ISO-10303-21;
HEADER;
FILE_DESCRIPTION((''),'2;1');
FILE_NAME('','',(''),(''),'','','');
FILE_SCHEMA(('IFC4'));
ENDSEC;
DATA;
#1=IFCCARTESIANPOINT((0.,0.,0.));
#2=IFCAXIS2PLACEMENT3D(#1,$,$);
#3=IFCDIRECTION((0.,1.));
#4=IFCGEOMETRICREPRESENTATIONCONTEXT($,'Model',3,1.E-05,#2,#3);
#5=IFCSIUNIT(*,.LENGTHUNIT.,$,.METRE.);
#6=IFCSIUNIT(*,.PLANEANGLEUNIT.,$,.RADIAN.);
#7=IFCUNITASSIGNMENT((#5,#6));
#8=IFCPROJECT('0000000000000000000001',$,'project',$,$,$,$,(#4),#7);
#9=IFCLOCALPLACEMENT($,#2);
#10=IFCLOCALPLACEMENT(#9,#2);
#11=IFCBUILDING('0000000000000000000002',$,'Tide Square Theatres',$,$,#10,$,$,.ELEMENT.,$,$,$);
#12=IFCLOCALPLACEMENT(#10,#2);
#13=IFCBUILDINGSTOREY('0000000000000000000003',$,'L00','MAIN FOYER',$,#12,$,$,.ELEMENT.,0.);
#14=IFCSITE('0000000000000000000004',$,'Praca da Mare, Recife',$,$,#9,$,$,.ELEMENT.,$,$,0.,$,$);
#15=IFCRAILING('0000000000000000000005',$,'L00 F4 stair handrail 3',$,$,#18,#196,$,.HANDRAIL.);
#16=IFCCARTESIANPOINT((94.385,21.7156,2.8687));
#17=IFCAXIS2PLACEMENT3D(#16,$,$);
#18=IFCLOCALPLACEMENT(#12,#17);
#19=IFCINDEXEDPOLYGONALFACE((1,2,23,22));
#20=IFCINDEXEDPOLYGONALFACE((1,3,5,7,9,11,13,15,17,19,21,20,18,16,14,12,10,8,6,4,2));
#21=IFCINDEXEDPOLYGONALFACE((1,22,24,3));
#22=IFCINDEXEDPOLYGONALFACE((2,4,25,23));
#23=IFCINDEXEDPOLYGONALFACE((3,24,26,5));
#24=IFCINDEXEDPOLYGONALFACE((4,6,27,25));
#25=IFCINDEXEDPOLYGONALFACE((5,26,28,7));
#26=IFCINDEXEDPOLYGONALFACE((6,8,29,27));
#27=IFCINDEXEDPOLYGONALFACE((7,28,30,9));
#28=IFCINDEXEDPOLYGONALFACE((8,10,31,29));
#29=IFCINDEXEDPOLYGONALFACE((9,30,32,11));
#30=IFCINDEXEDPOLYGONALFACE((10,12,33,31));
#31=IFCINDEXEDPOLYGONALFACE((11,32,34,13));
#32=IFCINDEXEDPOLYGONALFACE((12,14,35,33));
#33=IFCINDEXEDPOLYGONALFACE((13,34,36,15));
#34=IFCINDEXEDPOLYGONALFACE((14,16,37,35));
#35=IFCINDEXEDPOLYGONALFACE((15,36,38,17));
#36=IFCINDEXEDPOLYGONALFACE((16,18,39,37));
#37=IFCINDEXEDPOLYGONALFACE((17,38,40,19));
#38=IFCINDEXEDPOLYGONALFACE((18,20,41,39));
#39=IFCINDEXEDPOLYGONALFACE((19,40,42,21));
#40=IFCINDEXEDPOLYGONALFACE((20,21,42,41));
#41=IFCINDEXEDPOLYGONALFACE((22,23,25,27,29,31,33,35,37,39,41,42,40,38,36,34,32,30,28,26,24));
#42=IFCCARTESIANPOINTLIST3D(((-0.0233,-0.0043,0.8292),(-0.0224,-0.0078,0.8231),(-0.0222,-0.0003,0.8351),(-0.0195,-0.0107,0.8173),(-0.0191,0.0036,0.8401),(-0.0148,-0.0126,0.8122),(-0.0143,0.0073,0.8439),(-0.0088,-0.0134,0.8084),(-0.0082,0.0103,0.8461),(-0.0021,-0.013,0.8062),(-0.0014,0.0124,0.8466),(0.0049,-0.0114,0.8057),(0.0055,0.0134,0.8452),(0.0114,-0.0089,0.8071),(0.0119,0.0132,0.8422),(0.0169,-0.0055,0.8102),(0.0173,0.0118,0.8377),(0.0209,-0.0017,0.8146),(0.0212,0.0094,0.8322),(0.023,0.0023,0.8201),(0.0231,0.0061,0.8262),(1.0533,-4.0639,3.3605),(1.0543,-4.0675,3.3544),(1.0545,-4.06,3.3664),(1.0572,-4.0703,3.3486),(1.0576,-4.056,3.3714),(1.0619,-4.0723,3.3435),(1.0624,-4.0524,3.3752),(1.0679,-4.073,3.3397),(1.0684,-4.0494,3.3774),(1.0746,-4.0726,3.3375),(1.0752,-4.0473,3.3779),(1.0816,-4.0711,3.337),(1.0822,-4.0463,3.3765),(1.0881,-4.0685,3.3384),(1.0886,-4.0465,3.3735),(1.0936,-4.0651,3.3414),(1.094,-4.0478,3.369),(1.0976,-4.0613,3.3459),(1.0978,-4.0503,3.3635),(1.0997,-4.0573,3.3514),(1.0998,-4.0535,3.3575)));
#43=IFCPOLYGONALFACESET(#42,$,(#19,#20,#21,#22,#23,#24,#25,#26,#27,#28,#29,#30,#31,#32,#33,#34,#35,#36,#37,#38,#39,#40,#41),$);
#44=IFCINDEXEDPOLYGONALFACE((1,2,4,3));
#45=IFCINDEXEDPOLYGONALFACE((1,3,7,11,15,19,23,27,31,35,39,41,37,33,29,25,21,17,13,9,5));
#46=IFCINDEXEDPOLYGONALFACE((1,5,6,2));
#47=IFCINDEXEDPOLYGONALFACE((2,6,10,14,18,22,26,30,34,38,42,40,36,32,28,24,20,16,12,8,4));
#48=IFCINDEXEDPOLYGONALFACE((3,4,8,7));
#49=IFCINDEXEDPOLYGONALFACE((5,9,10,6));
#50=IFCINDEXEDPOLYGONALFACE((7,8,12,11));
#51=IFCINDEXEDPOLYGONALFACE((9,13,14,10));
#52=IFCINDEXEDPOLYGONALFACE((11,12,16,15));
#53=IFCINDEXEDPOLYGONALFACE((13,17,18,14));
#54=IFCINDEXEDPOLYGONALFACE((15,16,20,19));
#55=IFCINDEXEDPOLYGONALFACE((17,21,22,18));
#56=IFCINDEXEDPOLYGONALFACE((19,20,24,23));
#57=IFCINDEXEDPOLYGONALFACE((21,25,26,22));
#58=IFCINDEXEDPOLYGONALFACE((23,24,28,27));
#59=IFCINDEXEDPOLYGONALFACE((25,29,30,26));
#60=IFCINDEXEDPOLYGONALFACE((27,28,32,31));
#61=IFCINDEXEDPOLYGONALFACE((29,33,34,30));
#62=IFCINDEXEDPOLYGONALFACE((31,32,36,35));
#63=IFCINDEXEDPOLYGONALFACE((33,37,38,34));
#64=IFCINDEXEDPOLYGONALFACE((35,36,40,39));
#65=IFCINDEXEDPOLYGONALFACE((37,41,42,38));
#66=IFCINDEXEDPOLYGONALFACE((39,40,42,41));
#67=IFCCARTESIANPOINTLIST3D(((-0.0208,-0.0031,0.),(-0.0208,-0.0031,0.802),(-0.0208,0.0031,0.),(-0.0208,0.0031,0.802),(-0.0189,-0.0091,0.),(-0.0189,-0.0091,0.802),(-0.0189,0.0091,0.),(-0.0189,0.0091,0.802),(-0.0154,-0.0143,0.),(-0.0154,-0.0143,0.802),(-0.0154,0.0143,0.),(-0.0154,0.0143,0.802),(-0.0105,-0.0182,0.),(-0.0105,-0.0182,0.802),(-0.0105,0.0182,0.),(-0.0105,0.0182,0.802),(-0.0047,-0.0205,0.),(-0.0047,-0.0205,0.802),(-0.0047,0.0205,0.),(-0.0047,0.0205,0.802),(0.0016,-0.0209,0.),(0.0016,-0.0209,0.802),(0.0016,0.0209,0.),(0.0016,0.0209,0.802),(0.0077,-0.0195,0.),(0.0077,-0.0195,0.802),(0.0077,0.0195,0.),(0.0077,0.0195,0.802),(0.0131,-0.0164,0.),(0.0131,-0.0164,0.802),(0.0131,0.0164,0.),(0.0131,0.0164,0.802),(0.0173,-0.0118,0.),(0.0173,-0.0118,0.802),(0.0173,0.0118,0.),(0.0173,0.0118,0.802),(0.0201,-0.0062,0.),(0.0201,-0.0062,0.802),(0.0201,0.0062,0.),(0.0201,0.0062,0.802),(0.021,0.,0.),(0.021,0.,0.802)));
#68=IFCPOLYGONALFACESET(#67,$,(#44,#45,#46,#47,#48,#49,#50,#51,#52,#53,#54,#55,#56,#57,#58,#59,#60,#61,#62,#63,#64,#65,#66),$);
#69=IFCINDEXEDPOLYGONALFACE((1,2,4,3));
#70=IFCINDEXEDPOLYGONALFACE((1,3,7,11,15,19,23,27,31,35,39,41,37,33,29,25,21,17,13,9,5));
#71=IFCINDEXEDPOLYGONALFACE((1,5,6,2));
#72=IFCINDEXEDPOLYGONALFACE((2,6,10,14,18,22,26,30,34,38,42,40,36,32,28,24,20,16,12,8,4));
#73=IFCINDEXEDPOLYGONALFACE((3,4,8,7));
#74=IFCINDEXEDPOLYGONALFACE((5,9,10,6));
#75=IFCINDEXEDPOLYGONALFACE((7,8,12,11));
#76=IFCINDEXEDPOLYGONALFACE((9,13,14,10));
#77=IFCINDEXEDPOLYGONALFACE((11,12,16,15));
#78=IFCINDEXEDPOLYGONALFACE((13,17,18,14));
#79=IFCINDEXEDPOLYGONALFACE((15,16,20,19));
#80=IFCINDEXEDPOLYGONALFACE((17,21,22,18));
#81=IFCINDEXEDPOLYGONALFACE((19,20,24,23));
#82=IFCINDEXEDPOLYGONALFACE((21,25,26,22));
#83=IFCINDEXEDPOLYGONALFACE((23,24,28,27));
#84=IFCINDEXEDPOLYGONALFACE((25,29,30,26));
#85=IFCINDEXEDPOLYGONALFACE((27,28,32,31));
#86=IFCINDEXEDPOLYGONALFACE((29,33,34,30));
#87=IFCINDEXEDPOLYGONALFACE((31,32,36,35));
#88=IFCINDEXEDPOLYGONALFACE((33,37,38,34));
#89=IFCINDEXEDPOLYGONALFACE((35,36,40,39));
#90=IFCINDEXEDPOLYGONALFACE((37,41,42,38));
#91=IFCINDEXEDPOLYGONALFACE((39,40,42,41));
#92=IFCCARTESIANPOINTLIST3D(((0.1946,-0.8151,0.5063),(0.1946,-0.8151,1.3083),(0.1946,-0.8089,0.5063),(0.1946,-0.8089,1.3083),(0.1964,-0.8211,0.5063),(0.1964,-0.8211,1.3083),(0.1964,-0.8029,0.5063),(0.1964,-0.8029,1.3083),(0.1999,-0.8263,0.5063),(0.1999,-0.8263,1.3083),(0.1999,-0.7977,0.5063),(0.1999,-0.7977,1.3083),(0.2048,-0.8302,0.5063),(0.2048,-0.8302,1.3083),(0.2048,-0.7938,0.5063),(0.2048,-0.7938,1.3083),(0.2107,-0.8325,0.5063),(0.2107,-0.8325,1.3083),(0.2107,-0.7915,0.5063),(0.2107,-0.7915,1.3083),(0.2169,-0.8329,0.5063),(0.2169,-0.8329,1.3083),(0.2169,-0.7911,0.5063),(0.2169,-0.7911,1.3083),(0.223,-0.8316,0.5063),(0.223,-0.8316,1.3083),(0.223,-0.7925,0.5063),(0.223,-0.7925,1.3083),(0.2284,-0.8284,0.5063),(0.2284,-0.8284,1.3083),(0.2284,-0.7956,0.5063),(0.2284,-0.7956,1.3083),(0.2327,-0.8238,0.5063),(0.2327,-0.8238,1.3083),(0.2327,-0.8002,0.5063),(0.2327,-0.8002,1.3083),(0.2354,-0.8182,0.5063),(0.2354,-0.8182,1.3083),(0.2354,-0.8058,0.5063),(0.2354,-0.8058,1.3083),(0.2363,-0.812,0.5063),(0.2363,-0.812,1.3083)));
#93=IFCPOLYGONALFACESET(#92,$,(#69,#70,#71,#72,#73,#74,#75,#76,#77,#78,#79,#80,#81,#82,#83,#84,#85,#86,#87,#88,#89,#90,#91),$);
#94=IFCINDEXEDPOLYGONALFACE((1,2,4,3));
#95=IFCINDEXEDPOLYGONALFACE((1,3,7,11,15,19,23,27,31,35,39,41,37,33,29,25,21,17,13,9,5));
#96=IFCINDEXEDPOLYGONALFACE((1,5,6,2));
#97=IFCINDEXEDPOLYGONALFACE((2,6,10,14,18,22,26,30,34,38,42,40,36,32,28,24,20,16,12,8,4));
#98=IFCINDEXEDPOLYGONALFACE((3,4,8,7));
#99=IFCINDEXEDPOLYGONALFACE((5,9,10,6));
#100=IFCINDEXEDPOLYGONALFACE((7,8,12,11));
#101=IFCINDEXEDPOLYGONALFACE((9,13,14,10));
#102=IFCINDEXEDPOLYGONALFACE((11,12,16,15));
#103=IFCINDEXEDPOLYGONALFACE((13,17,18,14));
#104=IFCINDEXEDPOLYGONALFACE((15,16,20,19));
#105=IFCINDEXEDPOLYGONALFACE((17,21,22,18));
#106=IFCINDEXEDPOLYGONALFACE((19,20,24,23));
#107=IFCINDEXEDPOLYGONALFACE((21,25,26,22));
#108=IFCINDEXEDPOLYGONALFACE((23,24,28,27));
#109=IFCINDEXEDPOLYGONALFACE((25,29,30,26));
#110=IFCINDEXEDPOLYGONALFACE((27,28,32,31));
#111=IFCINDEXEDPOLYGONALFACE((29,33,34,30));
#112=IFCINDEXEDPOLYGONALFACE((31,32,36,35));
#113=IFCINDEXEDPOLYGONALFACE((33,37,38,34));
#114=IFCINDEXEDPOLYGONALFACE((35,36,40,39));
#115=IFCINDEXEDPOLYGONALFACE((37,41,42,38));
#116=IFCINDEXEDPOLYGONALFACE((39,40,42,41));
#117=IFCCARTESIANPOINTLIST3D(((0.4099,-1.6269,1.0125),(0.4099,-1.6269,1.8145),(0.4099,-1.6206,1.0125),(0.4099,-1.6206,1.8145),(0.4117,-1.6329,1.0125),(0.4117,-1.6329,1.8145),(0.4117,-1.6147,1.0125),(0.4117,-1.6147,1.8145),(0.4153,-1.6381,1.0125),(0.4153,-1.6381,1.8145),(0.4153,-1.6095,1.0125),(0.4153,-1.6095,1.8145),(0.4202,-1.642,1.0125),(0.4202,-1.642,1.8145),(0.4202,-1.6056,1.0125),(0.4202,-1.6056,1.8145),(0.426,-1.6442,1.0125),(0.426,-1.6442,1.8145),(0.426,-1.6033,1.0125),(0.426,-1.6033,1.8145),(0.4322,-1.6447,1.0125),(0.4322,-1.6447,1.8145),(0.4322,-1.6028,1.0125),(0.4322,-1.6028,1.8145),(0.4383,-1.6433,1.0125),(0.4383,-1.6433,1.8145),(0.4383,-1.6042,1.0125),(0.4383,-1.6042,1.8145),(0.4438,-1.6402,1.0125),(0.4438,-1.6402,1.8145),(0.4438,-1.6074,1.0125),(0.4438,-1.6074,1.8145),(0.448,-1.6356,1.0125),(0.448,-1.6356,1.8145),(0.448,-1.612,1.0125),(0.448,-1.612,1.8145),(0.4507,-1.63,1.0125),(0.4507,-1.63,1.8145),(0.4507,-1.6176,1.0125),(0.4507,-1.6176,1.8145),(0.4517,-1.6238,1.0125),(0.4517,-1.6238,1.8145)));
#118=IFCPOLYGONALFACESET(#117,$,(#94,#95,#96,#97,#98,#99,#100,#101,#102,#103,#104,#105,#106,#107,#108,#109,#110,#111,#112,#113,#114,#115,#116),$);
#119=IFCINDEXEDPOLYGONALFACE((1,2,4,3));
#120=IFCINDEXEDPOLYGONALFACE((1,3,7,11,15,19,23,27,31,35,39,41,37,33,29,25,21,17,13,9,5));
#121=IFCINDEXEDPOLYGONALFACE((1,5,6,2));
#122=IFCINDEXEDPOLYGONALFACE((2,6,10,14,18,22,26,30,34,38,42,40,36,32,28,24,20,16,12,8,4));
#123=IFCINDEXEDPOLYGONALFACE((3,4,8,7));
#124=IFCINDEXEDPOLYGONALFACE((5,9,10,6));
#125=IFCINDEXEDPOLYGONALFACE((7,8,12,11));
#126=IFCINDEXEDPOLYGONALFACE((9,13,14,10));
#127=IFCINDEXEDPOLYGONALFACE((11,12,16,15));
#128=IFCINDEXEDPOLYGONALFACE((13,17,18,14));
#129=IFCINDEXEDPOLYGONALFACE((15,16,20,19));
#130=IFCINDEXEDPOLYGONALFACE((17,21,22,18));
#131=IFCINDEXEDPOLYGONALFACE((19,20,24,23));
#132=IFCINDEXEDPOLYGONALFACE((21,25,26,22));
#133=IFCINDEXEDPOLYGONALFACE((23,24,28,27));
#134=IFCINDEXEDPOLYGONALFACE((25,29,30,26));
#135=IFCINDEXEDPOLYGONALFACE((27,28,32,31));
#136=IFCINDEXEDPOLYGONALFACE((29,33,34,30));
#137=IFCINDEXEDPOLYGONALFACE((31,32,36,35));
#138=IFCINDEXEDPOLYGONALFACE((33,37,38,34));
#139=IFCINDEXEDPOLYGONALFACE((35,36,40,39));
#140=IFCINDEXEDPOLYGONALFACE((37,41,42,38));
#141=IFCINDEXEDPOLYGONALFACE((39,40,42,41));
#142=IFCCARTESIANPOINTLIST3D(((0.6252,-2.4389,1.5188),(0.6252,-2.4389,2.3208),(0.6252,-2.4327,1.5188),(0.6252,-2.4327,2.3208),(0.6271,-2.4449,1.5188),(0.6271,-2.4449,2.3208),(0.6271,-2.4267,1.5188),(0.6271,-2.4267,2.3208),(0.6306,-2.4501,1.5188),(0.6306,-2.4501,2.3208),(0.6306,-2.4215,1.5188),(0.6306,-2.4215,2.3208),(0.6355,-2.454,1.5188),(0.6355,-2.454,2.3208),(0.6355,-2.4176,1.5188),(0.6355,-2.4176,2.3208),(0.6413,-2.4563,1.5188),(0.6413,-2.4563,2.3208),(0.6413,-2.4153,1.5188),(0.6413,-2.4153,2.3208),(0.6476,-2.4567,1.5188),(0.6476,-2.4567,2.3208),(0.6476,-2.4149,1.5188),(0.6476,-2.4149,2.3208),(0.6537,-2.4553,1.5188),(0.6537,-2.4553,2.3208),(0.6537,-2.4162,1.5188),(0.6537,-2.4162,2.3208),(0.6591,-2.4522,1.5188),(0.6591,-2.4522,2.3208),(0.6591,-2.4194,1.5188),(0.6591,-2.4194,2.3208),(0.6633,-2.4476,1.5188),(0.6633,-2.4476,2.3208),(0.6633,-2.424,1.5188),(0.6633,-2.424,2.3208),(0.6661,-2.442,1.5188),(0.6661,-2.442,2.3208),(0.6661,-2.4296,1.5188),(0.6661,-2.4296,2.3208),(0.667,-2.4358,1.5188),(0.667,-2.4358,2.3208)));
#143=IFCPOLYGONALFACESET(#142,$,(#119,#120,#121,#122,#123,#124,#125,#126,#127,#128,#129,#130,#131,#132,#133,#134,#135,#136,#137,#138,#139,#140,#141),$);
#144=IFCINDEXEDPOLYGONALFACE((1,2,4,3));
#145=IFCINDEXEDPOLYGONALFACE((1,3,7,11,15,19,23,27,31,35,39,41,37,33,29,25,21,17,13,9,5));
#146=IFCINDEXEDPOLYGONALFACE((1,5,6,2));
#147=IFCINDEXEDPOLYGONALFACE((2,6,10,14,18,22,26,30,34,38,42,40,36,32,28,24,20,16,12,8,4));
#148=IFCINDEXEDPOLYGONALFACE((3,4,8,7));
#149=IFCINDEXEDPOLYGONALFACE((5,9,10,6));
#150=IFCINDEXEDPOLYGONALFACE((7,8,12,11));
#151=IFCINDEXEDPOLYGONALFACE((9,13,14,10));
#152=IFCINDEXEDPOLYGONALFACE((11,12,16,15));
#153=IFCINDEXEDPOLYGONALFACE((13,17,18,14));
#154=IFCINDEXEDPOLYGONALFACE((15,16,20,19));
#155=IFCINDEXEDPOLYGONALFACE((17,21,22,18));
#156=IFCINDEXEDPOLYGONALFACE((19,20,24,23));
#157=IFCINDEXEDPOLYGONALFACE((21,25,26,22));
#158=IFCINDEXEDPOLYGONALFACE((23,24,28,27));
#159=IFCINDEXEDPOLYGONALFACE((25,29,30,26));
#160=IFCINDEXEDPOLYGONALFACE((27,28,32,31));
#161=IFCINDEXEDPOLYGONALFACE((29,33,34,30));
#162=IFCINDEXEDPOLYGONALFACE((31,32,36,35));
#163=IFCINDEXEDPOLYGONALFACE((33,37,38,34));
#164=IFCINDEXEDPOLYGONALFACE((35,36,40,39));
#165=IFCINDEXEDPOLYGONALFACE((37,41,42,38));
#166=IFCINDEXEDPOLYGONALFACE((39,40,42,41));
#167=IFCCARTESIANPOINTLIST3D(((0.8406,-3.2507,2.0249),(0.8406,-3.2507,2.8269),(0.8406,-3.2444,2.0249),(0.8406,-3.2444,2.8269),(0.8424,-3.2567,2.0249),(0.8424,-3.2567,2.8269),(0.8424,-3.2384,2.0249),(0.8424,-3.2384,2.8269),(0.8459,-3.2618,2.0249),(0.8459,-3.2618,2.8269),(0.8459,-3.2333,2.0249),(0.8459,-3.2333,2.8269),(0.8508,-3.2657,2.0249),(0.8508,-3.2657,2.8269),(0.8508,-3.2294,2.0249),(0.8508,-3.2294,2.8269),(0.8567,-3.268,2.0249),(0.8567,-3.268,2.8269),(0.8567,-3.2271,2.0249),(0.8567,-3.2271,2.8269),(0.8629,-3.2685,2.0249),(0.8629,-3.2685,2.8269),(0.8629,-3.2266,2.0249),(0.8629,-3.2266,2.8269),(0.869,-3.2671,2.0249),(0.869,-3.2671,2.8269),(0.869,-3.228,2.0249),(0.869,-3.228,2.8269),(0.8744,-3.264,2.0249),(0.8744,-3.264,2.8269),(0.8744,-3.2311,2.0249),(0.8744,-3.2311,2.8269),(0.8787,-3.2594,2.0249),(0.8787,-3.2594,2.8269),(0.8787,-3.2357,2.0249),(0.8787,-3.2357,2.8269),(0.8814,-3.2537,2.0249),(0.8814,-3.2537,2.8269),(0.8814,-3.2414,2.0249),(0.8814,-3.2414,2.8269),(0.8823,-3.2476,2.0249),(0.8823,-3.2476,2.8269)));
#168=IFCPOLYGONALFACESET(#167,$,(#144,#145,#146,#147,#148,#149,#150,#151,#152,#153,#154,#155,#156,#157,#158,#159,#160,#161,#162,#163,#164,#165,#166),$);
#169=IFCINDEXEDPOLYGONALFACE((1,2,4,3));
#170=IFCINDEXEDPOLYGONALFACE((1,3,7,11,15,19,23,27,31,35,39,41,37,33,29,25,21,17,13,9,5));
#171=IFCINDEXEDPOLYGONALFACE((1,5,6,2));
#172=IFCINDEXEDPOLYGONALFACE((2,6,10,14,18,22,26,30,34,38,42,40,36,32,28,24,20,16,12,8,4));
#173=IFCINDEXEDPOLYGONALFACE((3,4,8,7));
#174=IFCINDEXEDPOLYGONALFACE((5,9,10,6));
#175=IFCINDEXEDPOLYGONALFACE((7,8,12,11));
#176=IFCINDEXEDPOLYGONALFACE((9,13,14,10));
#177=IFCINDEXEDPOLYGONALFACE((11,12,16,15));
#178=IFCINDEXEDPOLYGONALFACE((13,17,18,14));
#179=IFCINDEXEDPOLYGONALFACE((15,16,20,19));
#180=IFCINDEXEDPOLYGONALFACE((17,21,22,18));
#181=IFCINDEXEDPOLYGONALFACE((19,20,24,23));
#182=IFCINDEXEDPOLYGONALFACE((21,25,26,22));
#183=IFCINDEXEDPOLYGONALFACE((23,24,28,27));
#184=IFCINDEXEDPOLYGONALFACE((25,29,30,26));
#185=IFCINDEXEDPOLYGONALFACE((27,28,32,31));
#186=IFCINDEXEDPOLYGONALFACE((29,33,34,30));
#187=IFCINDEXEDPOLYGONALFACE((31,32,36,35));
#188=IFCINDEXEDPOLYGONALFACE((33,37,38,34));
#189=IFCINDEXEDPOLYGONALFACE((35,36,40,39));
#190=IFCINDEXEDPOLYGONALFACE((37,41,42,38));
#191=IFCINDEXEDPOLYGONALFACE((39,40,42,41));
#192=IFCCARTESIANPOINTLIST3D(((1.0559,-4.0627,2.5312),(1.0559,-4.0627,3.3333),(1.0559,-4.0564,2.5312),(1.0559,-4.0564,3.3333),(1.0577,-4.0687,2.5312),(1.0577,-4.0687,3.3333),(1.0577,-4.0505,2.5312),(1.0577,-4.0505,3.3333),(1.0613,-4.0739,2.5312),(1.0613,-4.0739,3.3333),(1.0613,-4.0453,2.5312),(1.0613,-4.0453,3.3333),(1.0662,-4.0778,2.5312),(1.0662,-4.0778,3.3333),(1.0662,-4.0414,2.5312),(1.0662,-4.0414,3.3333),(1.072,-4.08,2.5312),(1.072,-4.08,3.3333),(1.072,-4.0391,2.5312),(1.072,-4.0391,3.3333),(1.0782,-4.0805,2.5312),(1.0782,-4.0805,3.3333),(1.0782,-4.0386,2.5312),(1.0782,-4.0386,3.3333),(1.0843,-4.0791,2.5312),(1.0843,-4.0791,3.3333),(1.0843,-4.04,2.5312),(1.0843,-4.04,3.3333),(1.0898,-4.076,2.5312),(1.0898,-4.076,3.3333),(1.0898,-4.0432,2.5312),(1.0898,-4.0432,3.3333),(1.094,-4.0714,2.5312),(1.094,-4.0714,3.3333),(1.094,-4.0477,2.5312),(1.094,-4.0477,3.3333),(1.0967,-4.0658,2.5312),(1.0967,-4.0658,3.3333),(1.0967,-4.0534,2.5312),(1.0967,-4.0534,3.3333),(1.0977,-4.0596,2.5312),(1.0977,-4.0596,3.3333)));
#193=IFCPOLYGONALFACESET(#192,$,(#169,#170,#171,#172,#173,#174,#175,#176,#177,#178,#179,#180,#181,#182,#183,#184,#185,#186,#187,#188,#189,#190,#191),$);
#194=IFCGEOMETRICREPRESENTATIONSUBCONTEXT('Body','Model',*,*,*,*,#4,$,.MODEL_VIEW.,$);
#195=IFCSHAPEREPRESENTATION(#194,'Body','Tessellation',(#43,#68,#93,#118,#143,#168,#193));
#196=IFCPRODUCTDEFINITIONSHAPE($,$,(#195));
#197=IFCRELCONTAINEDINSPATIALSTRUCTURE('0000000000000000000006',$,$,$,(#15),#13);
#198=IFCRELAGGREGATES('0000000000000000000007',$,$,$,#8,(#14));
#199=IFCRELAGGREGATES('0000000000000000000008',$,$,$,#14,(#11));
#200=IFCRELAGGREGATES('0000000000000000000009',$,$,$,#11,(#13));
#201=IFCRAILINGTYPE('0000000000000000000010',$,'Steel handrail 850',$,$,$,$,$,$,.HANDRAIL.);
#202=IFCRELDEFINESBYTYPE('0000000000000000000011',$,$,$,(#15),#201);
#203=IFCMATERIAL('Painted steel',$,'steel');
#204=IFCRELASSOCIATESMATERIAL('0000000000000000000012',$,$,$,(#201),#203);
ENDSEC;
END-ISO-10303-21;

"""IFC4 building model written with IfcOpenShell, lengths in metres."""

from ifc_helpers import new_model, si_unit, direction, frame, origin, origin_2d, place, context, subcontext, project, spatial, circle, extrude, material, type_object, element, save


model = new_model("IFC4")

# Units and contexts
model_context = context("Model", 3, precision=1e-05, world=origin(), true_north=direction((0.0, 1.0)))
body_context = subcontext(model_context, "Body", "Model", "MODEL_VIEW")
ifc_project = project(units=[si_unit("LENGTHUNIT", "METRE"), si_unit("PLANEANGLEUNIT", "RADIAN")], contexts=[model_context])

# Site, building, storey
site_placement = place(None, origin())
site = spatial("IfcSite", under=ifc_project, at=site_placement, Name="Praca da Mare, Recife", CompositionType="ELEMENT", RefElevation=0.0)
building_placement = place(site_placement, origin())
building = spatial("IfcBuilding", under=site, at=building_placement, Name="Tide Square Theatres", CompositionType="ELEMENT")
storey_placement = place(building_placement, origin())
storey = spatial("IfcBuildingStorey", under=building, at=storey_placement, Name="L00", Description="MAIN FOYER", CompositionType="ELEMENT", Elevation=0.0)

# Railing
ifc_material_1 = material(Name="Painted steel", Category="steel")
railing_type_1 = type_object("IfcRailingType", Name="Steel handrail 850", PredefinedType="HANDRAIL", material=ifc_material_1)
railing_1_placement = place(storey_placement, frame((94.385, 21.7156, 2.8687)))
element("IfcRailing", 1, at=railing_1_placement, inside=storey, type_object=railing_type_1, Name="L00 F4 stair handrail 3", PredefinedType="HANDRAIL", context=body_context, shape_type="SweptSolid", body=[
    extrude(circle(Radius=0.0239, at=origin_2d()), frame((0.0, 0.0, 0.8262), z_axis=(0.21956, -0.827854, 0.516189), x_axis=(0.966583, 0.256353, 0.0)), (0.0, 0.0, 1.0), 4.9038),
    extrude(circle(Radius=0.021, at=origin_2d()), origin(), (0.0, 0.0, 1.0), 0.802),
    extrude(circle(Radius=0.021, at=origin_2d()), frame((0.2153, -0.812, 0.5063)), (0.0, 0.0, 1.0), 0.802),
    extrude(circle(Radius=0.021, at=origin_2d()), frame((0.4307, -1.6238, 1.0125)), (0.0, 0.0, 1.0), 0.802),
    extrude(circle(Radius=0.021, at=origin_2d()), frame((0.646, -2.4358, 1.5188)), (0.0, 0.0, 1.0), 0.802),
    extrude(circle(Radius=0.021, at=origin_2d()), frame((0.8613, -3.2476, 2.0249)), (0.0, 0.0, 1.0), 0.802),
    extrude(circle(Radius=0.021, at=origin_2d()), frame((1.0767, -4.0596, 2.5312)), (0.0, 0.0, 1.0), 0.802),
])

save(model, "model.ifc")
